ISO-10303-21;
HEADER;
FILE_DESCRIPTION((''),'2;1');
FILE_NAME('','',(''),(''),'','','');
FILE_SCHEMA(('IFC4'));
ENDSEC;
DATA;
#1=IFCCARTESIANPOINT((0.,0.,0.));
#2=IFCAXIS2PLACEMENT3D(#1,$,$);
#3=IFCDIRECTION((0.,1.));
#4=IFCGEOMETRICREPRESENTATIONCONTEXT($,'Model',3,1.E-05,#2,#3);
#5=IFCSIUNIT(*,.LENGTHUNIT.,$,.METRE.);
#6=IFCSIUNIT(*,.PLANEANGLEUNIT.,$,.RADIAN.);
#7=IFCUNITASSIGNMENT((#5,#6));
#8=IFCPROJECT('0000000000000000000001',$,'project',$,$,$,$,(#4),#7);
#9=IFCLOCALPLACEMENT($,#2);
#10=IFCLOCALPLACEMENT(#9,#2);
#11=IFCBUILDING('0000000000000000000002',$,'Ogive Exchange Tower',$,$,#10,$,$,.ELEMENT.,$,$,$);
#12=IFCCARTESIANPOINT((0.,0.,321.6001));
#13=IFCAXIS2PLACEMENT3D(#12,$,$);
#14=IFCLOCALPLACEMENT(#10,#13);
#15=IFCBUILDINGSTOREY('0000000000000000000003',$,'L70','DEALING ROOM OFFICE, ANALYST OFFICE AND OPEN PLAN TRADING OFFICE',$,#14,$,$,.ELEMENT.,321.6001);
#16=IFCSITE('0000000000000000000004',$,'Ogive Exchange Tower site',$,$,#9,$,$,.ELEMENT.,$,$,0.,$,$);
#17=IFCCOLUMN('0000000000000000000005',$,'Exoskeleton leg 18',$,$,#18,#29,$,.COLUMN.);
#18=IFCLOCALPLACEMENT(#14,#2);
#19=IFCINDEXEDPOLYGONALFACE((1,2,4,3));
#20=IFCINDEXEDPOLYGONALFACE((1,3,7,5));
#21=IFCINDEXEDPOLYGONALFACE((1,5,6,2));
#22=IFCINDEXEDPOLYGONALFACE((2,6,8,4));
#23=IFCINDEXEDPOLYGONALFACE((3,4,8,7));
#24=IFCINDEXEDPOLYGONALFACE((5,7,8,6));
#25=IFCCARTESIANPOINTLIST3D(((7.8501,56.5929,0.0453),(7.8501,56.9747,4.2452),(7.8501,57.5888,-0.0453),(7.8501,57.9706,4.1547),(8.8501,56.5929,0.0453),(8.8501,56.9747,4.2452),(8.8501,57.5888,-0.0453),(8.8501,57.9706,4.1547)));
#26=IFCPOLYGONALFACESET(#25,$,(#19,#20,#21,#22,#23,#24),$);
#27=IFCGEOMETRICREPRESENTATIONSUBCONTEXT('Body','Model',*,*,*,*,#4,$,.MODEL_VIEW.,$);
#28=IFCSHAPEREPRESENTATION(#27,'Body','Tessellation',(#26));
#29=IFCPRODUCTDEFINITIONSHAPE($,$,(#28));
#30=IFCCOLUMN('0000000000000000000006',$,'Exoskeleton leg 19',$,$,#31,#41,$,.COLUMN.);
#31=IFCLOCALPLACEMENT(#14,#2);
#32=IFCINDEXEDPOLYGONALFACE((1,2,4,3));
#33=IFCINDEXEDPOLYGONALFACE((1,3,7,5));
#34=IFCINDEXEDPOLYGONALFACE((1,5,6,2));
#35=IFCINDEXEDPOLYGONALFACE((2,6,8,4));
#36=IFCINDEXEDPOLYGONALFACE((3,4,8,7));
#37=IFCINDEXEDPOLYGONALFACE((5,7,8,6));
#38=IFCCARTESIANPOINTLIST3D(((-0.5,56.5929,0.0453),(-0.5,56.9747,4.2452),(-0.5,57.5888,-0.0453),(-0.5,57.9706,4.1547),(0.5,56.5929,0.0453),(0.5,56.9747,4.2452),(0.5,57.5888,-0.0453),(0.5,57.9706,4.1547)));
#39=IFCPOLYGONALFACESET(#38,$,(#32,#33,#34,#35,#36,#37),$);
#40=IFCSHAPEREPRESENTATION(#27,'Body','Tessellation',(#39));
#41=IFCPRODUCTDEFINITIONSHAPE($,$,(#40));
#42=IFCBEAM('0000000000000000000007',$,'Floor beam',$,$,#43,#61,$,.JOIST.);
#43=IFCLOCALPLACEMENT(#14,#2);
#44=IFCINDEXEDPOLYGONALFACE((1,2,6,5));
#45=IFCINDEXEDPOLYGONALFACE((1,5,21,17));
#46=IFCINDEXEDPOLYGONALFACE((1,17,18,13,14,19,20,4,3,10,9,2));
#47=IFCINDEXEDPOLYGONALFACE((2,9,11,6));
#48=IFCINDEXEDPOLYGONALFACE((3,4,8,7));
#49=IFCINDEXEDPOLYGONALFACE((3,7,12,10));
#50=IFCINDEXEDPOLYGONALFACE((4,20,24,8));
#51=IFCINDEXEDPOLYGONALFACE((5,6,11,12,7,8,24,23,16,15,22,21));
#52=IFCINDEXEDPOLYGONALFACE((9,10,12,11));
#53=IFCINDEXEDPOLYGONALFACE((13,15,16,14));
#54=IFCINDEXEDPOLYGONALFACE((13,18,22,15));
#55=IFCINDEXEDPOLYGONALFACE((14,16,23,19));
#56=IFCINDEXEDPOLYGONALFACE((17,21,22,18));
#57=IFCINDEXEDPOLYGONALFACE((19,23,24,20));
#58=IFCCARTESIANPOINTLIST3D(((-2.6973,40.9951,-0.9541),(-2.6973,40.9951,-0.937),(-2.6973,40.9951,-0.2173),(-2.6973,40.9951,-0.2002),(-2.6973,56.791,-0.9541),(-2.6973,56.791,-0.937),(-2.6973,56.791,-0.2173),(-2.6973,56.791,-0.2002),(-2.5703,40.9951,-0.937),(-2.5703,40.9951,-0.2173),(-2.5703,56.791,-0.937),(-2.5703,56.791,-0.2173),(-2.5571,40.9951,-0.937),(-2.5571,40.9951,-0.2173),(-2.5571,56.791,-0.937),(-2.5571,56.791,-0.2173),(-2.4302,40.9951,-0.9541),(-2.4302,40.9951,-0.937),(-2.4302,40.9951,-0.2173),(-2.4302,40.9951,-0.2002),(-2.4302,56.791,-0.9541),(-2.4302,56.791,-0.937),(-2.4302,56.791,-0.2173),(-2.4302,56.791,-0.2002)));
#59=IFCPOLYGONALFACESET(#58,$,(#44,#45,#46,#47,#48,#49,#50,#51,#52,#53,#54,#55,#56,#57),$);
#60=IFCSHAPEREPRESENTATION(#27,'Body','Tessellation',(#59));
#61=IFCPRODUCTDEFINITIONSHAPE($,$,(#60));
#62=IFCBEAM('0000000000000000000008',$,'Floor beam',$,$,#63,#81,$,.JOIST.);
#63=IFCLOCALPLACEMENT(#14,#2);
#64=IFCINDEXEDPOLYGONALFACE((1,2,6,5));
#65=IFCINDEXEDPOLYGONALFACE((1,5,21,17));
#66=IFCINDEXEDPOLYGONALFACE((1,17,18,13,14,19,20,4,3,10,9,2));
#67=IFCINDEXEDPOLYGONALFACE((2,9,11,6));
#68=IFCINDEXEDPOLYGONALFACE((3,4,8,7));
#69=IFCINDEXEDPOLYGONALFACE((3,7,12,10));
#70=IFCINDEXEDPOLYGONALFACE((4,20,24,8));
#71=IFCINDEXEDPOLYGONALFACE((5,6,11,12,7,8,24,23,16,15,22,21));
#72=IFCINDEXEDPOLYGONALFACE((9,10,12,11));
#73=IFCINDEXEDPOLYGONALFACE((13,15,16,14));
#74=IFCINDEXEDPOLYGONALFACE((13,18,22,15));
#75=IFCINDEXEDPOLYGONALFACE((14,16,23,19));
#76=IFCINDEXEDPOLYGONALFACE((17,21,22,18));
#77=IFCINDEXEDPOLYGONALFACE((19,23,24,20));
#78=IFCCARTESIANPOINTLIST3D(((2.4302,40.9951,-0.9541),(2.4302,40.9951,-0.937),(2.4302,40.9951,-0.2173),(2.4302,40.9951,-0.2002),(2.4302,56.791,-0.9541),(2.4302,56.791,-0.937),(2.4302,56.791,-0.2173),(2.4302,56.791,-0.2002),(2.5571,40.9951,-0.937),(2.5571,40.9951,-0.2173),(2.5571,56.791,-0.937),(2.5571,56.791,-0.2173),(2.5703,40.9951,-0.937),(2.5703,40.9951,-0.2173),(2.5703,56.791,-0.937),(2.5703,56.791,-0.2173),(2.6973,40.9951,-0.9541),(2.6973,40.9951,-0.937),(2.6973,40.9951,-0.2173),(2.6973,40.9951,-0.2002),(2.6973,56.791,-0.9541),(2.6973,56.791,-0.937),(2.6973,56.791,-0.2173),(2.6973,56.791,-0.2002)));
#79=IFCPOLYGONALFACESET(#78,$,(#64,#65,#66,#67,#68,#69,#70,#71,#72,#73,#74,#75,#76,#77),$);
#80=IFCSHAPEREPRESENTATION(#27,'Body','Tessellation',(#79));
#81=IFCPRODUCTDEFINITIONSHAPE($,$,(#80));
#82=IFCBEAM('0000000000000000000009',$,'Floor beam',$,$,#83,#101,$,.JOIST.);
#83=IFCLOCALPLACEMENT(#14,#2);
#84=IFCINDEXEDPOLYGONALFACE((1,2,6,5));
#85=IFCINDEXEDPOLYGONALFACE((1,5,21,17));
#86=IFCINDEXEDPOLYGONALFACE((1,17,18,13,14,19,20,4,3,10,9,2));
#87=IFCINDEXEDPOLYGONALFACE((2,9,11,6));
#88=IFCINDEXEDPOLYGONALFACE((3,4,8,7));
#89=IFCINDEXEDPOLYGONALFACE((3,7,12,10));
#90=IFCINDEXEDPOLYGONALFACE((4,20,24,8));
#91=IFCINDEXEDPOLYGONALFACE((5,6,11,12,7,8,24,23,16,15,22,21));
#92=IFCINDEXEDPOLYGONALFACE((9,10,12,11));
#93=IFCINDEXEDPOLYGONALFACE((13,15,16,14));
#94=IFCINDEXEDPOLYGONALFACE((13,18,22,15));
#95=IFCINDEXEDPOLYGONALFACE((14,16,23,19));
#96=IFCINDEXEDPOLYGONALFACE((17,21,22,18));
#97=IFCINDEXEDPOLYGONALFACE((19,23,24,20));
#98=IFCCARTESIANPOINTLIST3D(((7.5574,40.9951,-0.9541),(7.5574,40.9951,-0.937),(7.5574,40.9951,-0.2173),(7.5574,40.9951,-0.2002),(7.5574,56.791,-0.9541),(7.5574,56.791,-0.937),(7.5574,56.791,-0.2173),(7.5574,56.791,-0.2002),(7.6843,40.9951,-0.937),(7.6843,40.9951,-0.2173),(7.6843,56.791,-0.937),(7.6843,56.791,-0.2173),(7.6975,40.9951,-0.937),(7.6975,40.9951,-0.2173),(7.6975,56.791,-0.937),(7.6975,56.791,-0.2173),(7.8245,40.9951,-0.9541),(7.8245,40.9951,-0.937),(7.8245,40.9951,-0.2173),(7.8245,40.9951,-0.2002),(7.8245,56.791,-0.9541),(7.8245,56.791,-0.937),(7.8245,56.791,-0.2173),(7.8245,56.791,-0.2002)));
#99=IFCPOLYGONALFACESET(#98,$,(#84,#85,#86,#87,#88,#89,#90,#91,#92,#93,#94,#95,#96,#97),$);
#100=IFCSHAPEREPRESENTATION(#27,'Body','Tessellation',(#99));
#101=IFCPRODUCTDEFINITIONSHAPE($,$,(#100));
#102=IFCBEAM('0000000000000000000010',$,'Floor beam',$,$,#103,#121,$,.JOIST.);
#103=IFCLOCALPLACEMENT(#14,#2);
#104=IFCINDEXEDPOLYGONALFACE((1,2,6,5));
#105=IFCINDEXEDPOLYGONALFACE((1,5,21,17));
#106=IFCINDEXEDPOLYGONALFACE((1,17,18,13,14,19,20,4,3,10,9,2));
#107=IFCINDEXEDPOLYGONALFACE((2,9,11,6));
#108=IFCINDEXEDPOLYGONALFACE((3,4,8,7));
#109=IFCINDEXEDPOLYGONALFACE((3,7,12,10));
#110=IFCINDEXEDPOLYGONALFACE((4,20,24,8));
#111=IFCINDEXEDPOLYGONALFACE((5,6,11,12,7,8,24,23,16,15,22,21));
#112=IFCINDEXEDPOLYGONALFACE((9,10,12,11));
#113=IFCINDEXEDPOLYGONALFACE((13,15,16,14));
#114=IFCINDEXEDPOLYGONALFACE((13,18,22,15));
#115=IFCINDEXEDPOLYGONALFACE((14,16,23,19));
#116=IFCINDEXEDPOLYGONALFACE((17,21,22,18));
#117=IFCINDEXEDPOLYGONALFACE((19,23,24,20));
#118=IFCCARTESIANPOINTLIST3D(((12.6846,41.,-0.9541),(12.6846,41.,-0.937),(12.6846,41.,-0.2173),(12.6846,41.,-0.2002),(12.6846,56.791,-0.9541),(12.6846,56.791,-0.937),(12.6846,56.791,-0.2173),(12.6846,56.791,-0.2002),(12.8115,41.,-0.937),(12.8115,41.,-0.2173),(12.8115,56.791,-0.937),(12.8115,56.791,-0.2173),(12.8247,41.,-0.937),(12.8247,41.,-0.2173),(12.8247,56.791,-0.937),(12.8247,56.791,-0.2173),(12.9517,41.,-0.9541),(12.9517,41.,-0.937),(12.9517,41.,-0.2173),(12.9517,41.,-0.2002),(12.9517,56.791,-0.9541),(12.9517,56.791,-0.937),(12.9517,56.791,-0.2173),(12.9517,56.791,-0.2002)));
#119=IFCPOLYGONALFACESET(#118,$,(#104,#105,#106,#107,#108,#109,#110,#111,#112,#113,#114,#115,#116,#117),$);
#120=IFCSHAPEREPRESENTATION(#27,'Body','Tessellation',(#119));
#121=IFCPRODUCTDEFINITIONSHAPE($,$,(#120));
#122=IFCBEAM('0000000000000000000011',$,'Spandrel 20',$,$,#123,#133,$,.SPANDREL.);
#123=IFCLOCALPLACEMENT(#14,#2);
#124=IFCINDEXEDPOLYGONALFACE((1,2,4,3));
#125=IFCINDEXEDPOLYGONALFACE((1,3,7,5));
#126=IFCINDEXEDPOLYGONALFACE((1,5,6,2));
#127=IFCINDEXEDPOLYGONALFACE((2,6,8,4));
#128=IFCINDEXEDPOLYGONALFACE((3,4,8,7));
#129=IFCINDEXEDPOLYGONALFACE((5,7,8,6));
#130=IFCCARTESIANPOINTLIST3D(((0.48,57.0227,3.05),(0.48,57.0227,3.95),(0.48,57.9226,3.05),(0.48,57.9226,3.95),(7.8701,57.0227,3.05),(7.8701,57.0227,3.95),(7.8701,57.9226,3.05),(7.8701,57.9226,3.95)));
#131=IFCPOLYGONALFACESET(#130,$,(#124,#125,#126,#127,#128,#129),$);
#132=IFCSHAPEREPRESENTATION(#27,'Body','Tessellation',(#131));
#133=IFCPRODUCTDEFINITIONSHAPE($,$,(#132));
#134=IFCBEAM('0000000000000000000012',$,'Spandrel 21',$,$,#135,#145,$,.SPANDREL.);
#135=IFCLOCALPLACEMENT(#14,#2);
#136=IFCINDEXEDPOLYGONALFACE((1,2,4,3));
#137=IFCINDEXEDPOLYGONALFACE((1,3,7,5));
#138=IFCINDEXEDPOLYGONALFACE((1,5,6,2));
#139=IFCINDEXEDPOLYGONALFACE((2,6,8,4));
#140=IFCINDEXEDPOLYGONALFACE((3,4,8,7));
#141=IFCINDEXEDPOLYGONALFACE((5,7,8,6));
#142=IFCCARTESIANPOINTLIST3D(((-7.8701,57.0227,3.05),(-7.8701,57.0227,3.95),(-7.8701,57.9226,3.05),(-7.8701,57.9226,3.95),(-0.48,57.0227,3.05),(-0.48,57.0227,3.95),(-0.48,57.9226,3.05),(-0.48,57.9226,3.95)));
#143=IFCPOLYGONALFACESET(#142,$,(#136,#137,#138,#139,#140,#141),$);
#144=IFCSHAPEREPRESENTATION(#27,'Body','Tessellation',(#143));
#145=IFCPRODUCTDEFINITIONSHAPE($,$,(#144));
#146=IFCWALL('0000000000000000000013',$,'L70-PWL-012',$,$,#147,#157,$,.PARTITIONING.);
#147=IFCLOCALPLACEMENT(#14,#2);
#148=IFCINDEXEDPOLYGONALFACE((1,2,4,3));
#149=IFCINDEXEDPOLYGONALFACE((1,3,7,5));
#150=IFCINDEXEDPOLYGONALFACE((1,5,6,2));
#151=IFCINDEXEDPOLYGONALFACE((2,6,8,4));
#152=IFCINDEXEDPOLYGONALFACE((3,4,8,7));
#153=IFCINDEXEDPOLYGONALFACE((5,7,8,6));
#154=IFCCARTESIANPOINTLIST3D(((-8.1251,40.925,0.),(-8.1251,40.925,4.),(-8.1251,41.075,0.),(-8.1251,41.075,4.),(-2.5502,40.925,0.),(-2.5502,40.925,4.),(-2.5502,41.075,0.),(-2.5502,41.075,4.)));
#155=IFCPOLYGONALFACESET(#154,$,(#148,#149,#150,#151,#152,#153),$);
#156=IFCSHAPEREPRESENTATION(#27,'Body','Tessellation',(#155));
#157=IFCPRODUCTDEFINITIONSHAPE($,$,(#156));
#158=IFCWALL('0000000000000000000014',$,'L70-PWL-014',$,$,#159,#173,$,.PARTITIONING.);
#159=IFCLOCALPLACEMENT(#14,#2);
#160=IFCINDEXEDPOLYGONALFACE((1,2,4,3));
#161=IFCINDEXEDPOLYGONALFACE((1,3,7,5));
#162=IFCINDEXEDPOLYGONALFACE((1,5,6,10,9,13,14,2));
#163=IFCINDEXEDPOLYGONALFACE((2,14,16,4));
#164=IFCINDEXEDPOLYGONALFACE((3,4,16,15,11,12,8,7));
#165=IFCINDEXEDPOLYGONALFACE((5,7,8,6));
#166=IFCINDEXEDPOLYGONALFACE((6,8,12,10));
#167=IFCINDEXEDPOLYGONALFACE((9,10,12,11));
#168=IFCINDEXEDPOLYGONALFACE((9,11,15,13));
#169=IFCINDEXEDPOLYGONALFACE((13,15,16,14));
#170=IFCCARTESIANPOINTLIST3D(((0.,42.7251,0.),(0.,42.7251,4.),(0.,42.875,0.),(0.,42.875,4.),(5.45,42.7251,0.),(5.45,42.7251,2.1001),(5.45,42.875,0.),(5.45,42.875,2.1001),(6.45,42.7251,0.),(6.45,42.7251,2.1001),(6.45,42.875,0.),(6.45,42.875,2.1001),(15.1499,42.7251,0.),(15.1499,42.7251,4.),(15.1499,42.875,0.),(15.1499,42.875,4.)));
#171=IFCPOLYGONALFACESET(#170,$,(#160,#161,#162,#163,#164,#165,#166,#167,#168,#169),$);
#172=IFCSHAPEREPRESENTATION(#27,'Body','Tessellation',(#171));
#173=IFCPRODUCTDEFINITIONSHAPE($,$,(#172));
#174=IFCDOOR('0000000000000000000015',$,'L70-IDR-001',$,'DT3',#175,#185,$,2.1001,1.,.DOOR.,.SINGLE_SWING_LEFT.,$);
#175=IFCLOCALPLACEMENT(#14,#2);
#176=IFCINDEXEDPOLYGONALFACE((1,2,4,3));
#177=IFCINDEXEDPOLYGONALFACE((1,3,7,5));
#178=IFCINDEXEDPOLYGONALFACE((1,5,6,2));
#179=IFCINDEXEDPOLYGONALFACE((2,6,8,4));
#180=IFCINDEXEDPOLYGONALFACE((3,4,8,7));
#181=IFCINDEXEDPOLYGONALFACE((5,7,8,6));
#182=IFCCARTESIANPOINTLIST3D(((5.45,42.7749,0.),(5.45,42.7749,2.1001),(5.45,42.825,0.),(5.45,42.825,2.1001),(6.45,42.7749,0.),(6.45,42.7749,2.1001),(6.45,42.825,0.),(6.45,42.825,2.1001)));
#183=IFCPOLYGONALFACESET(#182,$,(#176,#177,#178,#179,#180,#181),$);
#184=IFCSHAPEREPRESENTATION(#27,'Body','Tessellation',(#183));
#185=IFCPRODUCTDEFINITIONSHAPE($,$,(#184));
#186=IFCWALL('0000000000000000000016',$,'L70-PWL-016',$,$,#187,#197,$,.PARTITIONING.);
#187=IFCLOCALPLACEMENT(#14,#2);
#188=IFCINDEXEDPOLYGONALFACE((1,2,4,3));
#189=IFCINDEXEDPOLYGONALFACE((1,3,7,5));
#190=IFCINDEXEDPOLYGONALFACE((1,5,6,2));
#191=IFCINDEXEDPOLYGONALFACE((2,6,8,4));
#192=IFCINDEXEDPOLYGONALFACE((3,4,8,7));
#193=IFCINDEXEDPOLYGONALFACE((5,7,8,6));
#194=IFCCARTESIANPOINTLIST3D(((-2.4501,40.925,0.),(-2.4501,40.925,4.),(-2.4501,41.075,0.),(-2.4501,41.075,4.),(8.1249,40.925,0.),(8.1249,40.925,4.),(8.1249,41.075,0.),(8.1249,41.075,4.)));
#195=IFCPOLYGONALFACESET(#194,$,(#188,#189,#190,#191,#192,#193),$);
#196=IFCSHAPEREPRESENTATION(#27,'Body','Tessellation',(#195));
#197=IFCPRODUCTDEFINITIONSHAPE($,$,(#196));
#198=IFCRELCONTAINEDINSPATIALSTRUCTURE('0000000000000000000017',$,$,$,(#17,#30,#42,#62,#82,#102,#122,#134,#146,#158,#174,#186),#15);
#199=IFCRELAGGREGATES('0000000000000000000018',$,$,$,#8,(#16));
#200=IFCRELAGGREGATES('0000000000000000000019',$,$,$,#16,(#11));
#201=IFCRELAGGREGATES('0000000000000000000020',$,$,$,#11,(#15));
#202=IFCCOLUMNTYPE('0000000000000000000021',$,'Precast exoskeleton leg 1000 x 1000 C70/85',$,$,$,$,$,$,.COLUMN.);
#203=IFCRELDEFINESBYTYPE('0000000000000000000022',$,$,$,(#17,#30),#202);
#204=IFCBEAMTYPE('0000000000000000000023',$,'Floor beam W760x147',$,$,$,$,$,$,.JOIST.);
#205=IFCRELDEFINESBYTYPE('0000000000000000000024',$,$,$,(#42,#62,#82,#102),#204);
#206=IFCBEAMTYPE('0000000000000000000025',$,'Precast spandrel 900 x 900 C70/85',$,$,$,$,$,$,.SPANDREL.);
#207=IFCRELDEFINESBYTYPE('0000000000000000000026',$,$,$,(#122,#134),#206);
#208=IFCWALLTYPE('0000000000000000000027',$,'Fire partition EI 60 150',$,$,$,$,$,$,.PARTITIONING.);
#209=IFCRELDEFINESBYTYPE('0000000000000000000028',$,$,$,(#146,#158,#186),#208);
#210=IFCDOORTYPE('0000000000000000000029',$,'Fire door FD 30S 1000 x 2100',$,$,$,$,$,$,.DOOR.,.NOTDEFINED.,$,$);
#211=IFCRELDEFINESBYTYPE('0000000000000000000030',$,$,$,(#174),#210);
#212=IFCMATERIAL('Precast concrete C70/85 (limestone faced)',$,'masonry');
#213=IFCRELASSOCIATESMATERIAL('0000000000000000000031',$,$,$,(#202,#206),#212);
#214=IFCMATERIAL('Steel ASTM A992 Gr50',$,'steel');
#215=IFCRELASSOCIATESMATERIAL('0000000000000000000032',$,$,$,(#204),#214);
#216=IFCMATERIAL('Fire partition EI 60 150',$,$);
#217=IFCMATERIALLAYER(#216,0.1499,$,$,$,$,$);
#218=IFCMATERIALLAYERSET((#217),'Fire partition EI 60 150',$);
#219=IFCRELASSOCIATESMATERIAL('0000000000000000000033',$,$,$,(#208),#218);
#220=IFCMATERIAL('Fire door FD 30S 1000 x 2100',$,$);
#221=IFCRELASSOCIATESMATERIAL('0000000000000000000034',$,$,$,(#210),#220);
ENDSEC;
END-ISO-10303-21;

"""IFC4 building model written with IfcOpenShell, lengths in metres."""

from ifc_helpers import new_model, si_unit, direction, frame, frame_2d, origin, origin_2d, place, context, subcontext, project, spatial, rectangle, i_section, extrude, material, layer, layer_set, material_profile, profile_set, type_object, element, fill, save


model = new_model("IFC4")

# Units and contexts
model_context = context("Model", 3, precision=1e-05, world=origin(), true_north=direction((0.0, 1.0)))
body_context = subcontext(model_context, "Body", "Model", "MODEL_VIEW")
ifc_project = project(units=[si_unit("LENGTHUNIT", "METRE"), si_unit("PLANEANGLEUNIT", "RADIAN")], contexts=[model_context])

# Site, building, storey
site_placement = place(None, origin())
site = spatial("IfcSite", under=ifc_project, at=site_placement, Name="Ogive Exchange Tower site", CompositionType="ELEMENT", RefElevation=0.0)
building_placement = place(site_placement, origin())
building = spatial("IfcBuilding", under=site, at=building_placement, Name="Ogive Exchange Tower", CompositionType="ELEMENT")
storey_placement = place(building_placement, frame((0.0, 0.0, 321.6001)))
storey = spatial("IfcBuildingStorey", under=building, at=storey_placement, Name="L70", Description="DEALING ROOM OFFICE, ANALYST OFFICE AND OPEN PLAN TRADING OFFICE", CompositionType="ELEMENT", Elevation=321.6001)

# Columns
ifc_material_1 = material(Name="Precast concrete C70/85 (limestone faced)", Category="masonry")
ifc_material_profile_1 = material_profile(ifc_material_1, rectangle(XDim=1.0, YDim=1.0, at=origin_2d()), Name="1000 x 1000")
ifc_profile_set_1 = profile_set([ifc_material_profile_1], Name="Precast concrete C70/85 (limestone faced)")
column_type = type_object("IfcColumnType", Name="Precast exoskeleton leg 1000 x 1000 C70/85", PredefinedType="COLUMN", material=ifc_profile_set_1)
for number, where, z_axis, x_axis, name in (
    (1, (8.3501, 57.0908, 0.0), (0.0, 0.090541, 0.995893), (-1.0, 0.0, 0.0), "Exoskeleton leg 18"),
    (2, (0.0, 57.0908, 0.0), (0.0, 0.090541, 0.995893), (-1.0, 0.0, 0.0), "Exoskeleton leg 19"),
):
    element("IfcColumn", number, at=place(storey_placement, frame(where, z_axis=z_axis, x_axis=x_axis)), inside=storey, type_object=column_type, Name=name, PredefinedType="COLUMN", context=body_context, shape_type="SweptSolid", body=[
        extrude(rectangle(XDim=1.0, YDim=1.0, at=origin_2d()), origin(), (0.0, 0.0, 1.0), 4.2173),
    ])

# Beams
ifc_material_2 = material(Name="Steel ASTM A992 Gr50", Category="steel")
ifc_material_profile_2 = material_profile(ifc_material_2, i_section(OverallWidth=0.2671, OverallDepth=0.7539, WebThickness=0.0132, FlangeThickness=0.0171, at=origin_2d()), Name="W760x147")
ifc_profile_set_2 = profile_set([ifc_material_profile_2], Name="Steel ASTM A992 Gr50")
beam_type_1 = type_object("IfcBeamType", Name="Floor beam W760x147", PredefinedType="JOIST", material=ifc_profile_set_2)
for number, where, z_axis, x_axis, name in (
    (3, (-2.5637, 40.9951, -0.5771), (0.0, 1.0, 0.0), (-1.0, 0.0, 0.0), "Floor beam"),
    (4, (2.5637, 40.9951, -0.5771), (0.0, 1.0, 0.0), (-1.0, 0.0, 0.0), "Floor beam"),
    (5, (7.6909, 40.9951, -0.5771), (0.0, 1.0, 0.0), (-1.0, 0.0, 0.0), "Floor beam"),
):
    element("IfcBeam", number, at=place(storey_placement, frame(where, z_axis=z_axis, x_axis=x_axis)), inside=storey, type_object=beam_type_1, Name=name, PredefinedType="JOIST", context=body_context, shape_type="SweptSolid", body=[
        extrude(i_section(OverallWidth=0.2671, OverallDepth=0.7539, WebThickness=0.0132, FlangeThickness=0.0171, at=origin_2d()), origin(), (0.0, 0.0, 1.0), 15.7959),
    ])
beam_placement = place(storey_placement, frame((12.8181, 41.0, -0.5771), z_axis=(0.0, 1.0, 0.0), x_axis=(-1.0, 0.0, 0.0)))
element("IfcBeam", 6, at=beam_placement, inside=storey, type_object=beam_type_1, Name="Floor beam", PredefinedType="JOIST", context=body_context, shape_type="SweptSolid", body=[
    extrude(i_section(OverallWidth=0.2671, OverallDepth=0.7539, WebThickness=0.0132, FlangeThickness=0.0171, at=origin_2d()), origin(), (0.0, 0.0, 1.0), 15.791),
])
ifc_material_profile_3 = material_profile(ifc_material_1, rectangle(XDim=0.8999, YDim=0.8999, at=origin_2d()), Name="900 x 900")
ifc_profile_set_3 = profile_set([ifc_material_profile_3], Name="Precast concrete C70/85 (limestone faced)")
beam_type_2 = type_object("IfcBeamType", Name="Precast spandrel 900 x 900 C70/85", PredefinedType="SPANDREL", material=ifc_profile_set_3)
for number, where, z_axis, x_axis, name in (
    (7, (7.8701, 57.4727, 3.5), (-1.0, 0.0, 0.0), (0.0, -1.0, 0.0), "Spandrel 20"),
    (8, (-0.48, 57.4727, 3.5), (-1.0, 0.0, 0.0), (0.0, -1.0, 0.0), "Spandrel 21"),
):
    element("IfcBeam", number, at=place(storey_placement, frame(where, z_axis=z_axis, x_axis=x_axis)), inside=storey, type_object=beam_type_2, Name=name, PredefinedType="SPANDREL", context=body_context, shape_type="SweptSolid", body=[
        extrude(rectangle(XDim=0.8999, YDim=0.8999, at=origin_2d()), origin(), (0.0, 0.0, 1.0), 7.3901),
    ])

# Wall
ifc_material_3 = material(Name="Fire partition EI 60 150")
ifc_layer_1 = layer(ifc_material_3, 0.1499)
ifc_layer_set_1 = layer_set([ifc_layer_1], Name="Fire partition EI 60 150")
wall_type_1 = type_object("IfcWallType", Name="Fire partition EI 60 150", PredefinedType="PARTITIONING", material=ifc_layer_set_1)
wall_1_placement = place(storey_placement, frame((-2.55, 41.0, 0.0), z_axis=(0.0, 0.0, 1.0), x_axis=(-1.0, 0.0, 0.0)))
element("IfcWall", 9, at=wall_1_placement, inside=storey, type_object=wall_type_1, Name="L70-PWL-012", PredefinedType="PARTITIONING", context=body_context, shape_type="SweptSolid", body=[
    extrude(rectangle(XDim=5.575, YDim=0.1499, at=frame_2d((2.7876, 0.0))), origin(), (0.0, 0.0, 1.0), 4.0),
])

# Wall, opening, door
wall_2_placement = place(storey_placement, frame((0.0, 42.8, 0.0), z_axis=(0.0, 0.0, 1.0), x_axis=(1.0, 0.0, 0.0)))
wall_2 = element("IfcWall", 10, at=wall_2_placement, inside=storey, type_object=wall_type_1, Name="L70-PWL-014", PredefinedType="PARTITIONING", context=body_context, shape_type="SweptSolid", body=[
    extrude(rectangle(XDim=15.1499, YDim=0.1499, at=frame_2d((7.575, 0.0))), origin(), (0.0, 0.0, 1.0), 4.0),
])
opening_1_placement = place(wall_2_placement, frame((5.45, 0.0, 0.0)))
opening_1 = element("IfcOpeningElement", 11, at=opening_1_placement, cuts=wall_2, PredefinedType="OPENING", context=body_context, shape_type="SweptSolid", body=[
    extrude(rectangle(XDim=1.0, YDim=2.1001, at=frame_2d((0.5, 1.05))), frame((0.0, 0.085, 0.0), z_axis=(0.0, -1.0, 0.0), x_axis=(1.0, 0.0, 0.0)), (0.0, 0.0, 1.0), 0.1699),
])
ifc_material_4 = material(Name="Fire door FD 30S 1000 x 2100")
door_type = type_object("IfcDoorType", Name="Fire door FD 30S 1000 x 2100", OperationType="NOTDEFINED", PredefinedType="DOOR", material=ifc_material_4)
door_1_placement = place(opening_1_placement, origin())
door_1 = element("IfcDoor", 12, at=door_1_placement, inside=storey, type_object=door_type, Name="L70-IDR-001", ObjectType="DT3", OperationType="SINGLE_SWING_LEFT", OverallHeight=2.1001, OverallWidth=1.0, PredefinedType="DOOR", context=body_context, shape_type="SweptSolid", body=[
    extrude(rectangle(XDim=1.0, YDim=2.1001, at=frame_2d((0.5, 1.05))), frame((0.0, 0.0249, 0.0), z_axis=(0.0, -1.0, 0.0), x_axis=(1.0, 0.0, 0.0)), (0.0, 0.0, 1.0), 0.05),
])
fill(opening_1, door_1)

# Wall
wall_3_placement = place(storey_placement, frame((8.125, 41.0, 0.0), z_axis=(0.0, 0.0, 1.0), x_axis=(-1.0, 0.0, 0.0)))
element("IfcWall", 13, at=wall_3_placement, inside=storey, type_object=wall_type_1, Name="L70-PWL-016", PredefinedType="PARTITIONING", context=body_context, shape_type="SweptSolid", body=[
    extrude(rectangle(XDim=10.575, YDim=0.1499, at=frame_2d((5.2876, 0.0))), origin(), (0.0, 0.0, 1.0), 4.0),
])

save(model, "model.ifc")
